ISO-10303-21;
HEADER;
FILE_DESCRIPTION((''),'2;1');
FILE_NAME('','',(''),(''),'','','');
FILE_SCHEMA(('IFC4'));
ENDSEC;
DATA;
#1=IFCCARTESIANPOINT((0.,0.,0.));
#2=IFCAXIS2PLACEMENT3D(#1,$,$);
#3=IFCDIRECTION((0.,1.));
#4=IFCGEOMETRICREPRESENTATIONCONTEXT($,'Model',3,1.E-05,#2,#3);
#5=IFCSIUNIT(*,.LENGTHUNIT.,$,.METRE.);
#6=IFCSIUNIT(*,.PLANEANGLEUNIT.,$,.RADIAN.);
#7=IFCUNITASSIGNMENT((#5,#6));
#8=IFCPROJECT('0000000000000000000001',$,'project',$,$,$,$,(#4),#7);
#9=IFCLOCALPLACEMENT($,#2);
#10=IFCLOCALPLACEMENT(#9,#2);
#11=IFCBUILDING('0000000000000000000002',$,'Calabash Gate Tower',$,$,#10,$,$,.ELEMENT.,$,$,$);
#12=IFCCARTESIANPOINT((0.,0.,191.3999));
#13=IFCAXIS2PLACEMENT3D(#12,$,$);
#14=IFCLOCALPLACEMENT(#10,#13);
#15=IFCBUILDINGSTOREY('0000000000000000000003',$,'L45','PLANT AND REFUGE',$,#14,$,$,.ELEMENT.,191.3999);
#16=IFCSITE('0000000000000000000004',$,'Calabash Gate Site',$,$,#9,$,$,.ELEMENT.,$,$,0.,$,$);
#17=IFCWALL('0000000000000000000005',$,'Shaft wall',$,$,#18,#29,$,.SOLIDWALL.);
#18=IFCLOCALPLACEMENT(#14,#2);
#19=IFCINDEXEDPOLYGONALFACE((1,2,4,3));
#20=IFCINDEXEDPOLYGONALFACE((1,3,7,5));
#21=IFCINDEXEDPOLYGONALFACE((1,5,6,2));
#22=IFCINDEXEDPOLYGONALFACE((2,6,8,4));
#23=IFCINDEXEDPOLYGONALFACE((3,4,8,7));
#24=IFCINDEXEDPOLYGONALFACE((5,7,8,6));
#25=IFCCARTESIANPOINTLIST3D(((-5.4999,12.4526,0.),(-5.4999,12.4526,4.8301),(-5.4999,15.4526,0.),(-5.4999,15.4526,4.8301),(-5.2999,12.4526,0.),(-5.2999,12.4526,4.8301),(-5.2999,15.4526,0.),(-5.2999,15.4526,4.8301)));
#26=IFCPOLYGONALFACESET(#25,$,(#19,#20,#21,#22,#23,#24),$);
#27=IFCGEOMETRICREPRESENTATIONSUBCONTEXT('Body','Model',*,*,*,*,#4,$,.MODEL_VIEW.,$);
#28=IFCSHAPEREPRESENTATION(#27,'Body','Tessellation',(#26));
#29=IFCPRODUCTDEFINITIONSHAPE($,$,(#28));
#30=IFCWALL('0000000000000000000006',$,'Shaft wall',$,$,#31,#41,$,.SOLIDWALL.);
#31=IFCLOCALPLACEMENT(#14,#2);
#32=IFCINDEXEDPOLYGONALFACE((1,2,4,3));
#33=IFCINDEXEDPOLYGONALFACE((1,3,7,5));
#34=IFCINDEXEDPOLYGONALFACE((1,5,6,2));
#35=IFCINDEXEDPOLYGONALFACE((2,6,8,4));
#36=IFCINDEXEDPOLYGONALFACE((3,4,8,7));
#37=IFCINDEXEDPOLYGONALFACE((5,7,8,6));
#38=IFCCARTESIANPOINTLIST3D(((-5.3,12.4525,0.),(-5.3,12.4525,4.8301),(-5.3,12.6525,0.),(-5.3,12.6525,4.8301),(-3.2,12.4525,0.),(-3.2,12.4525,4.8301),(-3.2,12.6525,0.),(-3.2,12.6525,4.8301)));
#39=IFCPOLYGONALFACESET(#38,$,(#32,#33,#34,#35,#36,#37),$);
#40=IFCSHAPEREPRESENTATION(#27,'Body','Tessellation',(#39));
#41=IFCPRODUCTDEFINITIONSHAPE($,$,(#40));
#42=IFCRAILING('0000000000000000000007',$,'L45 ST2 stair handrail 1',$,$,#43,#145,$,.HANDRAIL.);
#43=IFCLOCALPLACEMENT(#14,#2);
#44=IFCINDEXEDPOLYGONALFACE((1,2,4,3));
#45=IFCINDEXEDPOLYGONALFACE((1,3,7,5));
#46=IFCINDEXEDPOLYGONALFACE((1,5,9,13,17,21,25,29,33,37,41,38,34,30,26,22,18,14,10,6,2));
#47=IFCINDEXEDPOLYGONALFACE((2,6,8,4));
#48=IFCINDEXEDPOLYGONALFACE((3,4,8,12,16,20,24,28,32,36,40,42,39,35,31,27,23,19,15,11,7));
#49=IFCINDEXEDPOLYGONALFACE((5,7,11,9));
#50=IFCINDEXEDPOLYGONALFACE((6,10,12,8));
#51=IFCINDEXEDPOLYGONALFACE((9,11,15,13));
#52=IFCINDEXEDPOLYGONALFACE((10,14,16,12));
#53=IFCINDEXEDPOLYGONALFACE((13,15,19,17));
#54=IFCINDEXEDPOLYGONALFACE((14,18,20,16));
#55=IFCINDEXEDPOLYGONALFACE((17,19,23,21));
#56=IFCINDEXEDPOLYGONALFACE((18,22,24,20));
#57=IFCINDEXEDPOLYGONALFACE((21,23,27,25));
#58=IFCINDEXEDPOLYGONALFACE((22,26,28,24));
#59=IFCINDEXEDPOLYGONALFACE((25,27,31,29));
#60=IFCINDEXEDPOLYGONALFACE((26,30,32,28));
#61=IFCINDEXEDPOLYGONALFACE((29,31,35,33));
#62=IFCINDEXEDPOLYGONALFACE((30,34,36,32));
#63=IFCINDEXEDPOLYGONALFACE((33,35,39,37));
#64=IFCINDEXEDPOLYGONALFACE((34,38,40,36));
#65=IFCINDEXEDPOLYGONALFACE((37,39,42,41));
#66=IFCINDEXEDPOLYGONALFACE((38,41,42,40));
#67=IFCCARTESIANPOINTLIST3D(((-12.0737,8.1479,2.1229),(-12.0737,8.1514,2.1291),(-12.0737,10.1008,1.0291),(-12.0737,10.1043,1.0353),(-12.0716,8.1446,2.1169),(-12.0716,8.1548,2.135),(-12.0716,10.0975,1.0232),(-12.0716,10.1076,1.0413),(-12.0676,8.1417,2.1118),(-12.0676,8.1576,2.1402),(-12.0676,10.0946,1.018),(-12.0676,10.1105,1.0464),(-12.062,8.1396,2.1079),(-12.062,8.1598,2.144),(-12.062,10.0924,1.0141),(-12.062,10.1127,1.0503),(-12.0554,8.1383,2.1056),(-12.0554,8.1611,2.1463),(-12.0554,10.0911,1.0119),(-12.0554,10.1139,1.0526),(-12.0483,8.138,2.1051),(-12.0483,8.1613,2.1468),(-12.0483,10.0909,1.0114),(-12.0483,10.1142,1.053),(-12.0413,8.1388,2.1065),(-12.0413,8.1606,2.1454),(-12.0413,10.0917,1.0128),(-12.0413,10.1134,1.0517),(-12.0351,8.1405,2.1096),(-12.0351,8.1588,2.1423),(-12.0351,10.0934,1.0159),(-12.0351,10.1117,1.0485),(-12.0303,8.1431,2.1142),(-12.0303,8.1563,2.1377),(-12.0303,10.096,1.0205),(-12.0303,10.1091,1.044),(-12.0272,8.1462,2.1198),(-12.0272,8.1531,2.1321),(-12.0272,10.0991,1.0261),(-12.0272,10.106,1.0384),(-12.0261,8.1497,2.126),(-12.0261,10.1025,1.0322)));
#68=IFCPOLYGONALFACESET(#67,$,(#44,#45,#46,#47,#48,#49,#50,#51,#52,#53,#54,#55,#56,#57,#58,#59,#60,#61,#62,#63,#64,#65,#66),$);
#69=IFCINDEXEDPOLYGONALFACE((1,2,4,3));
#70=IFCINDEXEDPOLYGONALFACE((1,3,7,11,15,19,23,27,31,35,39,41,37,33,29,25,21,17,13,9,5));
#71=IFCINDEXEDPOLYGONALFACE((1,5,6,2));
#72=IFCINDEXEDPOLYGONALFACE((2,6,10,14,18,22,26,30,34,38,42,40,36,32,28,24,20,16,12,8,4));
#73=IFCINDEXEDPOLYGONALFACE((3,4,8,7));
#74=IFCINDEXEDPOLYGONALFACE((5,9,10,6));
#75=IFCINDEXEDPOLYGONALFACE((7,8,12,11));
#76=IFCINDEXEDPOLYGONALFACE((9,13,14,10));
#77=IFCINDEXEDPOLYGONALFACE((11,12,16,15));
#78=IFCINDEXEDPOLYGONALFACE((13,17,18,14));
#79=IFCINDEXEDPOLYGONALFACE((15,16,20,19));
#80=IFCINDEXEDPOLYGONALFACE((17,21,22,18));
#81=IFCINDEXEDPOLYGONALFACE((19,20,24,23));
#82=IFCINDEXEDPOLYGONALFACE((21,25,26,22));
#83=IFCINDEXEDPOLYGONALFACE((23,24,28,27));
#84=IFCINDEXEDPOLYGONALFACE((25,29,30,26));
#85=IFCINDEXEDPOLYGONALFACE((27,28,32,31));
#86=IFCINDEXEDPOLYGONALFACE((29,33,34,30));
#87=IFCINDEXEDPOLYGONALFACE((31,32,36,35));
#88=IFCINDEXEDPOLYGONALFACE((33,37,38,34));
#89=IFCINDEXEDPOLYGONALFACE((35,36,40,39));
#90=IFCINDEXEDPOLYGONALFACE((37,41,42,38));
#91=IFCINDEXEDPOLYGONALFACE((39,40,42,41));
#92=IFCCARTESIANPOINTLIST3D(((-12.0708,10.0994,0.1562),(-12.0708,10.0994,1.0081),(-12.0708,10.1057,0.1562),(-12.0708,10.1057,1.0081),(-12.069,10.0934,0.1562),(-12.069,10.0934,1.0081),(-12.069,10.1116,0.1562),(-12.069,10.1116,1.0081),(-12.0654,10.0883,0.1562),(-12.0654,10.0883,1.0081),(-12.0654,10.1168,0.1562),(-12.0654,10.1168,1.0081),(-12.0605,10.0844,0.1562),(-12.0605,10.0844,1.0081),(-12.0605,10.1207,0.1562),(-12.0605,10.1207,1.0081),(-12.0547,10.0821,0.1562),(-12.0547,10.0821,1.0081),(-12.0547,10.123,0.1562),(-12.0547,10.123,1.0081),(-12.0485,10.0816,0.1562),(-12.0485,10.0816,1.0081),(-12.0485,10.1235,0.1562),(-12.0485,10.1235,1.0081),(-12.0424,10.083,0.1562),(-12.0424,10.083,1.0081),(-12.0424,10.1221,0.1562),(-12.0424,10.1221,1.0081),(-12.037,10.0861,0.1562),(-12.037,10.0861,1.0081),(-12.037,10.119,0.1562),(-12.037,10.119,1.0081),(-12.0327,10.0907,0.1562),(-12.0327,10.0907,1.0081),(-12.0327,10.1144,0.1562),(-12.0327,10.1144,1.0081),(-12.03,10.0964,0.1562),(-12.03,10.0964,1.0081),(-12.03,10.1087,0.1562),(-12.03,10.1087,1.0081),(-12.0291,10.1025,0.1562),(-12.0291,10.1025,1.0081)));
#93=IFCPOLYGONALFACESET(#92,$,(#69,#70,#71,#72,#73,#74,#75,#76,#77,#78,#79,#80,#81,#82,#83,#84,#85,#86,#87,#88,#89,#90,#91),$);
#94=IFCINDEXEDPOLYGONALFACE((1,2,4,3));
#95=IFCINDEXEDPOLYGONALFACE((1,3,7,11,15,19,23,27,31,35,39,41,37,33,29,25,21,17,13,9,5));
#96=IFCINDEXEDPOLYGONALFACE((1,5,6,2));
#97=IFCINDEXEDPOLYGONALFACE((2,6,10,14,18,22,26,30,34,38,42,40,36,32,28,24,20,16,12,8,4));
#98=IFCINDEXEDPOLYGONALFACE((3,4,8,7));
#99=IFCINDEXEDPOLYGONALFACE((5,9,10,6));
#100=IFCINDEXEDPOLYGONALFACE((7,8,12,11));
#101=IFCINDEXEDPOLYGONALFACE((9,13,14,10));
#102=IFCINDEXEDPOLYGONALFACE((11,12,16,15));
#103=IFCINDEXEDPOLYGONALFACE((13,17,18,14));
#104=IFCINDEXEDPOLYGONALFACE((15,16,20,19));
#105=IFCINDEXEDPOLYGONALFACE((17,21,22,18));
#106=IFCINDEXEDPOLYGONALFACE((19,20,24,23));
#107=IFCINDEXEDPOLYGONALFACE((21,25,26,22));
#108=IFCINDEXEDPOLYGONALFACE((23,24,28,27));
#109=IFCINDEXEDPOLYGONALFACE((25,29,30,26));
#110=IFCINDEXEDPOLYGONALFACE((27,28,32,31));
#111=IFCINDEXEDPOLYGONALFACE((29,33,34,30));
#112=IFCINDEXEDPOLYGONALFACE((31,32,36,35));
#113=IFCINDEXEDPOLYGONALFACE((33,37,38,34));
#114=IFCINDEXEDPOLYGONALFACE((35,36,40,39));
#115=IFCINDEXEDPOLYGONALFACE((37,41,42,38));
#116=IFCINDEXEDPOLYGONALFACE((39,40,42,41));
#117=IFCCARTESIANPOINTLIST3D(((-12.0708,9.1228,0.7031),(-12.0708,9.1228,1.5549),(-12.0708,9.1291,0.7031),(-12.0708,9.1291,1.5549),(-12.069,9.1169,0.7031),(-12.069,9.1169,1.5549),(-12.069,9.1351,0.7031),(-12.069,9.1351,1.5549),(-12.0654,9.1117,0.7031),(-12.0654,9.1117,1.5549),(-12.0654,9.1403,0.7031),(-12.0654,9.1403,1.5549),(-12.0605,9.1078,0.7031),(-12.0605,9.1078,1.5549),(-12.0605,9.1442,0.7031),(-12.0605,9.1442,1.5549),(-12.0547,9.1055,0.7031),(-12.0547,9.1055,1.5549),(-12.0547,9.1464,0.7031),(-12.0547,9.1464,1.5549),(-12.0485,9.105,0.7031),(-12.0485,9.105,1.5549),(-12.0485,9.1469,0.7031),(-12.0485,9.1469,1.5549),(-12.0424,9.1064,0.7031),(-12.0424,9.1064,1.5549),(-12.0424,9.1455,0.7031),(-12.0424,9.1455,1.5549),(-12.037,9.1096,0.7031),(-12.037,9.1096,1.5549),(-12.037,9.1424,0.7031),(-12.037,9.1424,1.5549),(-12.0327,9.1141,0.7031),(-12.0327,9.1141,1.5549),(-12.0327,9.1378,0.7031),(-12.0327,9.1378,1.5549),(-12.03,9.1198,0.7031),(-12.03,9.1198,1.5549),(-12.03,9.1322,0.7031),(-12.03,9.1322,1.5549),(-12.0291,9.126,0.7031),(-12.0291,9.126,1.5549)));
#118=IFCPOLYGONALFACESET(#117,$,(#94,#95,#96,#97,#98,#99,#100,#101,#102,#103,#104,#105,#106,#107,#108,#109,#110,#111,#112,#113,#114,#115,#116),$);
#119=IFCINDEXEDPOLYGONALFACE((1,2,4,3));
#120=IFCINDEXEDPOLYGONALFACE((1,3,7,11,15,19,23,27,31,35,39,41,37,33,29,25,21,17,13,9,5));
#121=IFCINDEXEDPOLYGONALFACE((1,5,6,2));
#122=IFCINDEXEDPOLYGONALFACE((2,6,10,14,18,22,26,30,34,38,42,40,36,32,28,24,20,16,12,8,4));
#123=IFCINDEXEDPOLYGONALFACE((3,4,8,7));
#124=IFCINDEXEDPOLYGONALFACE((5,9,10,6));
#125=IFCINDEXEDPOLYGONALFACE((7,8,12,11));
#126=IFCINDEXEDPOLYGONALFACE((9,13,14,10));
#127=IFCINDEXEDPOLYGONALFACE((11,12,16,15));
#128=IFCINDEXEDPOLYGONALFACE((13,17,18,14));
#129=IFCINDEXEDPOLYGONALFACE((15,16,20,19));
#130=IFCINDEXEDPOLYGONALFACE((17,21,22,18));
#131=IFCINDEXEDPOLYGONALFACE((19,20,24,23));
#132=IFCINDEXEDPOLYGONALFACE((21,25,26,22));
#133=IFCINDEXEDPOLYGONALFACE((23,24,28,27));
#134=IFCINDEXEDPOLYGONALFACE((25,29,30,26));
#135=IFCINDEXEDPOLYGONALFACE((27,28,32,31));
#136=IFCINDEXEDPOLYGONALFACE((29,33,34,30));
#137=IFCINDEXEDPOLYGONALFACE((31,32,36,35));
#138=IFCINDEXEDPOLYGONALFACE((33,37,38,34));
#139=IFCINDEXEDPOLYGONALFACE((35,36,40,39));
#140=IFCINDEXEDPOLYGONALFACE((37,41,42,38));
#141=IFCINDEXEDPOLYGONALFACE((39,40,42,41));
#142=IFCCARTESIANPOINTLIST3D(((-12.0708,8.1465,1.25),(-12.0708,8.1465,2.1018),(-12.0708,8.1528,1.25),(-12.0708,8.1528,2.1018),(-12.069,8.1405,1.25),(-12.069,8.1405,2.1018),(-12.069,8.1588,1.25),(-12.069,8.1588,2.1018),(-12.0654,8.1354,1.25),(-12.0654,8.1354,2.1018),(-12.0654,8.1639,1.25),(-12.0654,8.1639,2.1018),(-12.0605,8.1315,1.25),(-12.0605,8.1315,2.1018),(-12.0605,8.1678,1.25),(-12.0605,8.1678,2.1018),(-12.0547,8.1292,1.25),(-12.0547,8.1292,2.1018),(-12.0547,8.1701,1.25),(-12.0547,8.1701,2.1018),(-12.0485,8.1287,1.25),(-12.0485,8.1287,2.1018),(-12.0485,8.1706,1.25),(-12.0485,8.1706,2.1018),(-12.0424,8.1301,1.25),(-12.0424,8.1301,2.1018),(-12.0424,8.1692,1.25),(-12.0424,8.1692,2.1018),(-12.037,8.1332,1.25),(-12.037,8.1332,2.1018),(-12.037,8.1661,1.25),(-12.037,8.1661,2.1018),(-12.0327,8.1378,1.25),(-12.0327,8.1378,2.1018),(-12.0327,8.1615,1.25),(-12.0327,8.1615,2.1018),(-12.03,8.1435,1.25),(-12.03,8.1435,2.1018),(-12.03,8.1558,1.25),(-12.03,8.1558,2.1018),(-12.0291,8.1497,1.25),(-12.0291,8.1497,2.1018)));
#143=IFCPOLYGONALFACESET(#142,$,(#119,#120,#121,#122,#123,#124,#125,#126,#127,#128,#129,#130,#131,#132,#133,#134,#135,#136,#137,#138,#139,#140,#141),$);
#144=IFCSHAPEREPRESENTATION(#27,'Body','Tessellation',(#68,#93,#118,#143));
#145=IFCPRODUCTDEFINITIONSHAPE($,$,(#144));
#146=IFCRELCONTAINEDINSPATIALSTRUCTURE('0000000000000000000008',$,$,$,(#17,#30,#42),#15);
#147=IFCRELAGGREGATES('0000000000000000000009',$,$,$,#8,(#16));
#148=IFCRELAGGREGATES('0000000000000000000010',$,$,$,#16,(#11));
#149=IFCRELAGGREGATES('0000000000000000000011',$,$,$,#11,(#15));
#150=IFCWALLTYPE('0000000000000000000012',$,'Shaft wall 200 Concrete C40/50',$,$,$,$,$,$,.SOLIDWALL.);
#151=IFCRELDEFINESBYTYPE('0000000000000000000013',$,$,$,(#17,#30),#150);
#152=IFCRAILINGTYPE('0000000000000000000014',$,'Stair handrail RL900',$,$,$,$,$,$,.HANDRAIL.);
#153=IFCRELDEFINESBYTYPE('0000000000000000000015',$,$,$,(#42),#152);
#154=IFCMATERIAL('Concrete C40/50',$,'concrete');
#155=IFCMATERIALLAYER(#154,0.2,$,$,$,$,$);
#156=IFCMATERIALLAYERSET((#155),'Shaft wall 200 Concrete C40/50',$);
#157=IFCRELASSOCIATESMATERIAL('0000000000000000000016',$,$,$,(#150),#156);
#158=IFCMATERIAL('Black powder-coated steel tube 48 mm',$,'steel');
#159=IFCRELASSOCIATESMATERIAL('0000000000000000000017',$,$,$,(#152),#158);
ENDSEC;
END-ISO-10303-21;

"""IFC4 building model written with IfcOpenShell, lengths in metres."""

from ifc_helpers import new_model, si_unit, direction, frame, frame_2d, origin, origin_2d, place, context, subcontext, project, spatial, rectangle, circle, extrude, material, layer, layer_set, type_object, element, save


model = new_model("IFC4")

# Units and contexts
model_context = context("Model", 3, precision=1e-05, world=origin(), true_north=direction((0.0, 1.0)))
body_context = subcontext(model_context, "Body", "Model", "MODEL_VIEW")
ifc_project = project(units=[si_unit("LENGTHUNIT", "METRE"), si_unit("PLANEANGLEUNIT", "RADIAN")], contexts=[model_context])

# Site, building, storey
site_placement = place(None, origin())
site = spatial("IfcSite", under=ifc_project, at=site_placement, Name="Calabash Gate Site", CompositionType="ELEMENT", RefElevation=0.0)
building_placement = place(site_placement, origin())
building = spatial("IfcBuilding", under=site, at=building_placement, Name="Calabash Gate Tower", CompositionType="ELEMENT")
storey_placement = place(building_placement, frame((0.0, 0.0, 191.3999)))
storey = spatial("IfcBuildingStorey", under=building, at=storey_placement, Name="L45", Description="PLANT AND REFUGE", CompositionType="ELEMENT", Elevation=191.3999)

# Shared definitions
ifc_material_1 = material(Name="Concrete C40/50", Category="concrete")
ifc_layer_1 = layer(ifc_material_1, 0.2)
ifc_layer_set_1 = layer_set([ifc_layer_1], Name="Shaft wall 200 Concrete C40/50")
wall_type_1 = type_object("IfcWallType", Name="Shaft wall 200 Concrete C40/50", PredefinedType="SOLIDWALL", material=ifc_layer_set_1)

# Walls
wall_1_placement = place(storey_placement, frame((-5.3999, 12.4526, 0.0), z_axis=(0.0, 0.0, 1.0), x_axis=(0.0, 1.0, 0.0)))
element("IfcWall", 1, at=wall_1_placement, inside=storey, type_object=wall_type_1, Name="Shaft wall", PredefinedType="SOLIDWALL", context=body_context, shape_type="SweptSolid", body=[
    extrude(rectangle(XDim=3.0, YDim=0.2, at=frame_2d((1.5, 0.0))), origin(), (0.0, 0.0, 1.0), 4.8301),
])
wall_2_placement = place(storey_placement, frame((-5.3, 12.5525, 0.0), z_axis=(0.0, 0.0, 1.0), x_axis=(1.0, 0.0, 0.0)))
element("IfcWall", 2, at=wall_2_placement, inside=storey, type_object=wall_type_1, Name="Shaft wall", PredefinedType="SOLIDWALL", context=body_context, shape_type="SweptSolid", body=[
    extrude(rectangle(XDim=2.1001, YDim=0.2, at=frame_2d((1.05, 0.0))), origin(), (0.0, 0.0, 1.0), 4.8301),
])

# Railing
ifc_material_2 = material(Name="Black powder-coated steel tube 48 mm", Category="steel")
railing_type_1 = type_object("IfcRailingType", Name="Stair handrail RL900", PredefinedType="HANDRAIL", material=ifc_material_2)
railing_1_placement = place(storey_placement, frame((-12.05, 10.1025, 0.1562)))
element("IfcRailing", 3, at=railing_1_placement, inside=storey, type_object=railing_type_1, Name="L45 ST2 stair handrail 1", PredefinedType="HANDRAIL", context=body_context, shape_type="SweptSolid", body=[
    extrude(circle(Radius=0.0239, at=origin_2d()), frame((0.0, 0.0, 0.876), z_axis=(0.0, -0.87248, 0.48865), x_axis=(1.0, 0.0, 0.0)), (0.0, 0.0, 1.0), 2.2383),
    extrude(circle(Radius=0.021, at=origin_2d()), origin(), (0.0, 0.0, 1.0), 0.8518),
    extrude(circle(Radius=0.021, at=origin_2d()), frame((0.0, -0.9766, 0.5469)), (0.0, 0.0, 1.0), 0.8518),
    extrude(circle(Radius=0.021, at=origin_2d()), frame((0.0, -1.9529, 1.0938)), (0.0, 0.0, 1.0), 0.8518),
])

save(model, "model.ifc")
